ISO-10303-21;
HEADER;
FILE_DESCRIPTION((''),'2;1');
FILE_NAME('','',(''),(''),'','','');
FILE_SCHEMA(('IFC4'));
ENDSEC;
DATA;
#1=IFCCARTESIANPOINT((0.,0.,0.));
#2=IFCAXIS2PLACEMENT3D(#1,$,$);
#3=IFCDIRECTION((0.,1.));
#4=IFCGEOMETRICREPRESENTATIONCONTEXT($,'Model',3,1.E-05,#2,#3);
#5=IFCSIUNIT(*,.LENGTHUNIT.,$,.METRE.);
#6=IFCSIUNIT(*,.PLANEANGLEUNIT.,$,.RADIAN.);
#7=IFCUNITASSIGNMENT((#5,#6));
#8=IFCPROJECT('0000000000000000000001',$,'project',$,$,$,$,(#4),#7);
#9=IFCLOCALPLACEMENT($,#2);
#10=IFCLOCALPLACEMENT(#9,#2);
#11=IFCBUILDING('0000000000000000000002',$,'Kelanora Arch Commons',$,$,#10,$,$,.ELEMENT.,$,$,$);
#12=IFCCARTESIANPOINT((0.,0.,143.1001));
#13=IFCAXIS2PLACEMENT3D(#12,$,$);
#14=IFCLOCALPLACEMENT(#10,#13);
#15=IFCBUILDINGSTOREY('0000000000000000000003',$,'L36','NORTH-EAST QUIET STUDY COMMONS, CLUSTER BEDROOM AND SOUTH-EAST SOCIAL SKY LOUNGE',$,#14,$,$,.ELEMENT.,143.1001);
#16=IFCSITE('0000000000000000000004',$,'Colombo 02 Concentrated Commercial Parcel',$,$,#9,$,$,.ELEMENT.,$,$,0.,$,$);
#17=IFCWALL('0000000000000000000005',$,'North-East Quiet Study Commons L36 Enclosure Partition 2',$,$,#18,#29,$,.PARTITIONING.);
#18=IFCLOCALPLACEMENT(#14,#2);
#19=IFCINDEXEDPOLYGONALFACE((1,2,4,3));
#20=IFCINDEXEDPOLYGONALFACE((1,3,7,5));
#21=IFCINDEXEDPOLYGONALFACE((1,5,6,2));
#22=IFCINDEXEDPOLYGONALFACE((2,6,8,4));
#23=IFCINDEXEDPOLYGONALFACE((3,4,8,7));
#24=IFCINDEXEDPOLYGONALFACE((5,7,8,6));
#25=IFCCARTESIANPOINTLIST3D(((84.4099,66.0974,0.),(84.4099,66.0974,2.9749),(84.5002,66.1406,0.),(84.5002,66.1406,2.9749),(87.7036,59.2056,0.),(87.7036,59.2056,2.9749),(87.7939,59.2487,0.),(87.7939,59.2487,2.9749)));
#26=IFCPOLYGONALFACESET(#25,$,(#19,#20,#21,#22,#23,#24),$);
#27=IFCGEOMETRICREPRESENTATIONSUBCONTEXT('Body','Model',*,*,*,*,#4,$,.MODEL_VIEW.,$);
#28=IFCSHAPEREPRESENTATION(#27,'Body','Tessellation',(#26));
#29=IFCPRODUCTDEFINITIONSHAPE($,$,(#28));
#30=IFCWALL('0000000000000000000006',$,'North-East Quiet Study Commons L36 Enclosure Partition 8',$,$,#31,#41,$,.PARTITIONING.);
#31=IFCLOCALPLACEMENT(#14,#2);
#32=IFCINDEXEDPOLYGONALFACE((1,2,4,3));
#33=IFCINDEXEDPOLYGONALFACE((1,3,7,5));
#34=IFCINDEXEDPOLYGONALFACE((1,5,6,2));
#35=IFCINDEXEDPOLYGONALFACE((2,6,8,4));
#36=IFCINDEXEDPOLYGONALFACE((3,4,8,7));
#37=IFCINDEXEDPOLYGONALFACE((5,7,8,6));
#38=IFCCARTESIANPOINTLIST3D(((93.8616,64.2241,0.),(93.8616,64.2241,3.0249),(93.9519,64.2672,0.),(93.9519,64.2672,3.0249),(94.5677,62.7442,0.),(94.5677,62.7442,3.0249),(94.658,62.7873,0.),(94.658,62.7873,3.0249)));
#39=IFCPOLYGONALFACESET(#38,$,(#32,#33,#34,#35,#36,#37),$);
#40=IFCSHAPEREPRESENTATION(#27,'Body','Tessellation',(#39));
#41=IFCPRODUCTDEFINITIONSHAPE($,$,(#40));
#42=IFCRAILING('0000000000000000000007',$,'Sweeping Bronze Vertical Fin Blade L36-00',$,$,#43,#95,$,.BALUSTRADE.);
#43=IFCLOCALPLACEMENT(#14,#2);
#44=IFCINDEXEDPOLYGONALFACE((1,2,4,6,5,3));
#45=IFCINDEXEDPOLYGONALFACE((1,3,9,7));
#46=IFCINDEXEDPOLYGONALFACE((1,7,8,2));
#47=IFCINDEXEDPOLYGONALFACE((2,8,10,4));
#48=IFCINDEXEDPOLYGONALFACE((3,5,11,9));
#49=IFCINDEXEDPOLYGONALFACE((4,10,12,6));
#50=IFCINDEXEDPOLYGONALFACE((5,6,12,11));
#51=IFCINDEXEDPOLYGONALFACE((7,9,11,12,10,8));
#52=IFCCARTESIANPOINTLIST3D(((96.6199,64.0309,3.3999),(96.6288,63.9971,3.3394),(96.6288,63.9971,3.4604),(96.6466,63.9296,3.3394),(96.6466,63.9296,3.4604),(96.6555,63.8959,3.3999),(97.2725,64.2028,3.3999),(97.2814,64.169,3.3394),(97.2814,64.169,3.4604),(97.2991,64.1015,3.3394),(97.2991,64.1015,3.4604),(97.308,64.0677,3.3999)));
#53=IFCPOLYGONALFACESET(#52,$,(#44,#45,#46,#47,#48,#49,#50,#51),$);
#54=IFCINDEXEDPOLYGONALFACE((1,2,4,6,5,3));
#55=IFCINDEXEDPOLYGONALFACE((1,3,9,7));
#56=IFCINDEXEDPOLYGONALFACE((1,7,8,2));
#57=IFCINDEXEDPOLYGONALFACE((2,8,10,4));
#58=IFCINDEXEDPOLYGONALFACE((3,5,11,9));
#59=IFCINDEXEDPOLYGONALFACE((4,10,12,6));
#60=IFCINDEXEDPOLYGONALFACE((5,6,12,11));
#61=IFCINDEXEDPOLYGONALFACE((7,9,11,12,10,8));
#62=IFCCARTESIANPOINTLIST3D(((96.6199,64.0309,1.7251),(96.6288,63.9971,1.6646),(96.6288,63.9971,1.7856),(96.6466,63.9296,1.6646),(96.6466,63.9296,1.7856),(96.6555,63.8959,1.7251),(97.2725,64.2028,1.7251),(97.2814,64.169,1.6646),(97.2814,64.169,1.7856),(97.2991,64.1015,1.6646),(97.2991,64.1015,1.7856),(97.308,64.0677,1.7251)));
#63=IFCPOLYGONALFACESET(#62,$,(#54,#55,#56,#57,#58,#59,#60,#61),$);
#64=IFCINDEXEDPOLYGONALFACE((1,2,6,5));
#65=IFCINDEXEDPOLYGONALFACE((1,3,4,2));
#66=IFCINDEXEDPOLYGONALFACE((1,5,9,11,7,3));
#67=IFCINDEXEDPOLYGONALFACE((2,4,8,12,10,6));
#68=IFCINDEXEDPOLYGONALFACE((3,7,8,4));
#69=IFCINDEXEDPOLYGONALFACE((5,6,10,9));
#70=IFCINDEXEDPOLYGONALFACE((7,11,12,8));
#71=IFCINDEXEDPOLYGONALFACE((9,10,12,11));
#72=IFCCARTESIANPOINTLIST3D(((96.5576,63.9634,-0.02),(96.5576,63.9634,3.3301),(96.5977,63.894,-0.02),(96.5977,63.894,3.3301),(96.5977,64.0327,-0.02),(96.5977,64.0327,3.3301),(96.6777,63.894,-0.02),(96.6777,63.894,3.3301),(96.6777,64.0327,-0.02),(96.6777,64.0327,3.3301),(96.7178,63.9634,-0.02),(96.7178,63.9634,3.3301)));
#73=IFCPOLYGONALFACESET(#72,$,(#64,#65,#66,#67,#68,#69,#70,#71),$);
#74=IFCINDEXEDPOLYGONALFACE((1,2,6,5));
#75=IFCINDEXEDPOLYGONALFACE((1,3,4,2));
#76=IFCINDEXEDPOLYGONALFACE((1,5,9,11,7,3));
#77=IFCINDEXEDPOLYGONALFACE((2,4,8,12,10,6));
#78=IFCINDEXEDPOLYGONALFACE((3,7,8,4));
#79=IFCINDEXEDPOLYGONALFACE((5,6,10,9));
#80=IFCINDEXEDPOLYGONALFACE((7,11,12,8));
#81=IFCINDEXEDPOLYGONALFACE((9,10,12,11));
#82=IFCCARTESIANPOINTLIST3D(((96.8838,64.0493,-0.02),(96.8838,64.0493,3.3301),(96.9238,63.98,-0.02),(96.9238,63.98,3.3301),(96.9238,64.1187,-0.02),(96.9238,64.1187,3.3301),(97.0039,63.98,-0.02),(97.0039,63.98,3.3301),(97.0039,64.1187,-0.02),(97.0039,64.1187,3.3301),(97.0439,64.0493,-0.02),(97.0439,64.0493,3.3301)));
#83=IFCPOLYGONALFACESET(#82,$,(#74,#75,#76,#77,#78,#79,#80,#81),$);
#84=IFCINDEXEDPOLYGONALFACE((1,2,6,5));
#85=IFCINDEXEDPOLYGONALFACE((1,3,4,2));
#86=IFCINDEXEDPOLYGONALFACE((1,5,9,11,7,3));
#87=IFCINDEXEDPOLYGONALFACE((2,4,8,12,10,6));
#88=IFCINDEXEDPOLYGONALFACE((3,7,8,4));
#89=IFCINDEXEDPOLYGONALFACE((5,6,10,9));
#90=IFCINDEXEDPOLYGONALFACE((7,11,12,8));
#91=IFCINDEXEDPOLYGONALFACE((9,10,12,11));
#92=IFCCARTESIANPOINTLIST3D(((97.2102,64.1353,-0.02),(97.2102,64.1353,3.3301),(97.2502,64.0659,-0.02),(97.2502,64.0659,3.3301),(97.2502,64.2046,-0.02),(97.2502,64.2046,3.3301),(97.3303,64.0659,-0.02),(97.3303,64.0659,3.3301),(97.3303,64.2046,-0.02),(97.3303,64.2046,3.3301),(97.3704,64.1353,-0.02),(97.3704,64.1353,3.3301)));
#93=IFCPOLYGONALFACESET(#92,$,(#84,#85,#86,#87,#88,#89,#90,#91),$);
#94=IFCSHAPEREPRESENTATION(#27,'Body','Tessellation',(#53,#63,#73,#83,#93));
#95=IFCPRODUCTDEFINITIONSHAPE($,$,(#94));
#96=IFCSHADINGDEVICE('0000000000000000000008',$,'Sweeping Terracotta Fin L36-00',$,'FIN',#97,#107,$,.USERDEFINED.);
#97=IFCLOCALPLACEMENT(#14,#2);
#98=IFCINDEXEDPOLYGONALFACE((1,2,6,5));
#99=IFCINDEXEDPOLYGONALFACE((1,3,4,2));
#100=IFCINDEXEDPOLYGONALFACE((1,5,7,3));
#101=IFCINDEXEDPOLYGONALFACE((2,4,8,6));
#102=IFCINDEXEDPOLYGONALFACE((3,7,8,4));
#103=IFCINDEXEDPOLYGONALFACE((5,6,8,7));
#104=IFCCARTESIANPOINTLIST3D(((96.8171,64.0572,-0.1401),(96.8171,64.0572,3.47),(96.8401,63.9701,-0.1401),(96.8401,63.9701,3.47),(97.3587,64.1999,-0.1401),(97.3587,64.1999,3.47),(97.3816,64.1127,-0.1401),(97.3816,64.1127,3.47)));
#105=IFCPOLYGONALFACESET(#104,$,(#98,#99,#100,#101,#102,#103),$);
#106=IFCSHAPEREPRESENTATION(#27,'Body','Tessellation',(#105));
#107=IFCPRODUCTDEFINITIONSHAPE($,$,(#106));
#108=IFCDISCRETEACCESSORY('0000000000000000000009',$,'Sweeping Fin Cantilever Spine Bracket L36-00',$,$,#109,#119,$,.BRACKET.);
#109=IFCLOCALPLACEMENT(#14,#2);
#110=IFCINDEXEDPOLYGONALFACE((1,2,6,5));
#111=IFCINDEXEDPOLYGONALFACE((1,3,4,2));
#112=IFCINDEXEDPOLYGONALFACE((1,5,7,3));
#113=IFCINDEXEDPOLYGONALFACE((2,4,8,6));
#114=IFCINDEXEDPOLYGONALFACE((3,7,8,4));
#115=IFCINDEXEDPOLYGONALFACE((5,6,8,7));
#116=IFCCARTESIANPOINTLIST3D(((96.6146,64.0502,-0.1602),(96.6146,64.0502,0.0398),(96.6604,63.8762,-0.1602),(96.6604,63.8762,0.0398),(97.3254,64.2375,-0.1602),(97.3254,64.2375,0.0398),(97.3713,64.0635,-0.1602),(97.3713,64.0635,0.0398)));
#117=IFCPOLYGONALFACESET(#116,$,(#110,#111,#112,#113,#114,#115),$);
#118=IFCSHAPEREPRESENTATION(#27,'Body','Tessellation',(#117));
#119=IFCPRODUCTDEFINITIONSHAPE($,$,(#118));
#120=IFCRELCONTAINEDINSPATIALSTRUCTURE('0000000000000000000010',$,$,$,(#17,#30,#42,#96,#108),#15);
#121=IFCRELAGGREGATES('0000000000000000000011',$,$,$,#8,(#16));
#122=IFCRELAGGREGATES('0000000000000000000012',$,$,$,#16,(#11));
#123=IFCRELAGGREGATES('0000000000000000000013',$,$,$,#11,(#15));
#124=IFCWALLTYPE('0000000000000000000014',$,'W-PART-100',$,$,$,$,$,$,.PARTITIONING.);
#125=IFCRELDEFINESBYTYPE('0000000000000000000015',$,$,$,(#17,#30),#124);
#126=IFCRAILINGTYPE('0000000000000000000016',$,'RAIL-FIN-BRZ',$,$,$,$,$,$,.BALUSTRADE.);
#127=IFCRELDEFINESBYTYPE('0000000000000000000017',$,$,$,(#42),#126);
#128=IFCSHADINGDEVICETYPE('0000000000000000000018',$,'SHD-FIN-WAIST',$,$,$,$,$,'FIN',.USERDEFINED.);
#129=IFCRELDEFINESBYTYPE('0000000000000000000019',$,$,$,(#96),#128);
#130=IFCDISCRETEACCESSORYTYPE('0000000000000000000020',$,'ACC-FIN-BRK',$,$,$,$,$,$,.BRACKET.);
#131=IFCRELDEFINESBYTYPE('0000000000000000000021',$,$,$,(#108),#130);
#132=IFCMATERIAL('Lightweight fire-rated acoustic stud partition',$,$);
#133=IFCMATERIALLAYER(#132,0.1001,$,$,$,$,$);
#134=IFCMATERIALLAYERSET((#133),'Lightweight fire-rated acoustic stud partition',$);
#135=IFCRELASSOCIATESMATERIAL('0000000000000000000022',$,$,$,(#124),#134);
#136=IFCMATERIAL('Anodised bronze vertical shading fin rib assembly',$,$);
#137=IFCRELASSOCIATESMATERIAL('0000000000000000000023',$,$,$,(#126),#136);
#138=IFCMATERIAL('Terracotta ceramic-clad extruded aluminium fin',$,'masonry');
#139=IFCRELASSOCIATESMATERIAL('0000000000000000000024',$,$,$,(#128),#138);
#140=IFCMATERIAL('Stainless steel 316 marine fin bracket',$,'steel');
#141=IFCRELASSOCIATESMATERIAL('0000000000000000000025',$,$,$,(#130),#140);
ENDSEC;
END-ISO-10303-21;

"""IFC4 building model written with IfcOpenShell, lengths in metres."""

from ifc_helpers import new_model, si_unit, direction, frame, frame_2d, origin, origin_2d, place, context, subcontext, project, spatial, polyline, rectangle, outline, extrude, source, transform, mapped, material, layer, layer_set, type_object, element, save


model = new_model("IFC4")

# Units and contexts
model_context = context("Model", 3, precision=1e-05, world=origin(), true_north=direction((0.0, 1.0)))
body_context = subcontext(model_context, "Body", "Model", "MODEL_VIEW")
ifc_project = project(units=[si_unit("LENGTHUNIT", "METRE"), si_unit("PLANEANGLEUNIT", "RADIAN")], contexts=[model_context])

# Site, building, storey
site_placement = place(None, origin())
site = spatial("IfcSite", under=ifc_project, at=site_placement, Name="Colombo 02 Concentrated Commercial Parcel", CompositionType="ELEMENT", RefElevation=0.0)
building_placement = place(site_placement, origin())
building = spatial("IfcBuilding", under=site, at=building_placement, Name="Kelanora Arch Commons", CompositionType="ELEMENT")
storey_placement = place(building_placement, frame((0.0, 0.0, 143.1001)))
storey = spatial("IfcBuildingStorey", under=building, at=storey_placement, Name="L36", Description="NORTH-EAST QUIET STUDY COMMONS, CLUSTER BEDROOM AND SOUTH-EAST SOCIAL SKY LOUNGE", CompositionType="ELEMENT", Elevation=143.1001)

# Walls
ifc_material_1 = material(Name="Lightweight fire-rated acoustic stud partition")
ifc_layer_1 = layer(ifc_material_1, 0.1001)
ifc_layer_set_1 = layer_set([ifc_layer_1], Name="Lightweight fire-rated acoustic stud partition")
wall_type = type_object("IfcWallType", Name="W-PART-100", PredefinedType="PARTITIONING", material=ifc_layer_set_1)
wall_1_placement = place(storey_placement, frame((87.7488, 59.2271, 0.0), z_axis=(0.0, 0.0, 1.0), x_axis=(-0.4312, 0.902256, 0.0)))
element("IfcWall", 1, at=wall_1_placement, inside=storey, type_object=wall_type, Name="North-East Quiet Study Commons L36 Enclosure Partition 2", PredefinedType="PARTITIONING", context=body_context, shape_type="SweptSolid", body=[
    extrude(rectangle(XDim=7.6384, YDim=0.1001, at=frame_2d((3.8193, 0.0))), origin(), (0.0, 0.0, 1.0), 2.9749),
])
wall_2_placement = place(storey_placement, frame((93.9067, 64.2456, 0.0), z_axis=(0.0, 0.0, 1.0), x_axis=(0.430639, -0.902524, 0.0)))
element("IfcWall", 2, at=wall_2_placement, inside=storey, type_object=wall_type, Name="North-East Quiet Study Commons L36 Enclosure Partition 8", PredefinedType="PARTITIONING", context=body_context, shape_type="SweptSolid", body=[
    extrude(rectangle(XDim=1.6396, YDim=0.1001, at=frame_2d((0.8198, 0.0))), origin(), (0.0, 0.0, 1.0), 3.0249),
])

# Railing
ifc_material_2 = material(Name="Anodised bronze vertical shading fin rib assembly")
railing_type_1 = type_object("IfcRailingType", Name="RAIL-FIN-BRZ", PredefinedType="BALUSTRADE", material=ifc_material_2)
railing_1_placement = place(storey_placement, frame((96.6377, 63.9634, -0.02)))
element("IfcRailing", 3, at=railing_1_placement, inside=storey, type_object=railing_type_1, Name="Sweeping Bronze Vertical Fin Blade L36-00", PredefinedType="BALUSTRADE", context=body_context, shape_type="SweptSolid", body=[
    extrude(outline(polyline([(0.0698, 0.0), (0.0349, 0.0605), (-0.0349, 0.0605), (-0.0698, 0.0), (-0.0349, -0.0605), (0.0349, -0.0605), (0.0698, 0.0)])), frame((0.0, 0.0, 3.4199), z_axis=(0.967023, 0.254689, 0.0), x_axis=(-0.254689, 0.967023, 0.0)), (0.0, 0.0, 1.0), 0.6748),
    extrude(outline(polyline([(0.0698, 0.0), (0.0349, 0.0605), (-0.0349, 0.0605), (-0.0698, 0.0), (-0.0349, -0.0605), (0.0349, -0.0605), (0.0698, 0.0)])), frame((0.0, 0.0, 1.7451), z_axis=(0.967023, 0.254689, 0.0), x_axis=(-0.254689, 0.967023, 0.0)), (0.0, 0.0, 1.0), 0.6748),
    extrude(outline(polyline([(0.0801, 0.0), (0.04, 0.0693), (-0.04, 0.0693), (-0.0801, 0.0), (-0.04, -0.0693), (0.04, -0.0693), (0.0801, 0.0)])), origin(), (0.0, 0.0, 1.0), 3.3501),
    extrude(outline(polyline([(0.0801, 0.0), (0.04, 0.0693), (-0.04, 0.0693), (-0.0801, 0.0), (-0.04, -0.0693), (0.04, -0.0693), (0.0801, 0.0)])), frame((0.3262, 0.0859, 0.0)), (0.0, 0.0, 1.0), 3.3501),
    extrude(outline(polyline([(0.0801, 0.0), (0.04, 0.0693), (-0.04, 0.0693), (-0.0801, 0.0), (-0.04, -0.0693), (0.04, -0.0693), (0.0801, 0.0)])), frame((0.6526, 0.1719, 0.0)), (0.0, 0.0, 1.0), 3.3501),
])

# Shading device
ifc_material_3 = material(Name="Terracotta ceramic-clad extruded aluminium fin", Category="masonry")
shading_device_type = type_object("IfcShadingDeviceType", Name="SHD-FIN-WAIST", ElementType="FIN", PredefinedType="USERDEFINED", material=ifc_material_3)
shared_shape_1 = source(origin(), body_context, "Body", "SweptSolid", [
    extrude(rectangle(XDim=0.5601, YDim=0.0901, at=origin_2d()), origin(), (0.0, 0.0, 1.0), 3.6101),
])
shading_device_placement = place(storey_placement, frame((97.0994, 64.085, -0.1401), z_axis=(0.0, 0.0, 1.0), x_axis=(0.967001, 0.254771, 0.0)))
element("IfcShadingDevice", 4, at=shading_device_placement, inside=storey, type_object=shading_device_type, Name="Sweeping Terracotta Fin L36-00", ObjectType="FIN", PredefinedType="USERDEFINED", context=body_context, shape_type="MappedRepresentation", body=[
    mapped(shared_shape_1, transform((0.0, 0.0, 0.0), scale=1.0)),
])

# Discrete accessory
ifc_material_4 = material(Name="Stainless steel 316 marine fin bracket", Category="steel")
discrete_accessory_type = type_object("IfcDiscreteAccessoryType", Name="ACC-FIN-BRK", PredefinedType="BRACKET", material=ifc_material_4)
shared_shape_2 = source(origin(), body_context, "Body", "SweptSolid", [
    extrude(rectangle(XDim=0.7351, YDim=0.1799, at=origin_2d()), origin(), (0.0, 0.0, 1.0), 0.2),
])
discrete_accessory_placement = place(storey_placement, frame((96.9929, 64.0569, -0.1602), z_axis=(0.0, 0.0, 1.0), x_axis=(0.967001, 0.254771, 0.0)))
element("IfcDiscreteAccessory", 5, at=discrete_accessory_placement, inside=storey, type_object=discrete_accessory_type, Name="Sweeping Fin Cantilever Spine Bracket L36-00", PredefinedType="BRACKET", context=body_context, shape_type="MappedRepresentation", body=[
    mapped(shared_shape_2, transform((0.0, 0.0, 0.0), scale=1.0)),
])

save(model, "model.ifc")
